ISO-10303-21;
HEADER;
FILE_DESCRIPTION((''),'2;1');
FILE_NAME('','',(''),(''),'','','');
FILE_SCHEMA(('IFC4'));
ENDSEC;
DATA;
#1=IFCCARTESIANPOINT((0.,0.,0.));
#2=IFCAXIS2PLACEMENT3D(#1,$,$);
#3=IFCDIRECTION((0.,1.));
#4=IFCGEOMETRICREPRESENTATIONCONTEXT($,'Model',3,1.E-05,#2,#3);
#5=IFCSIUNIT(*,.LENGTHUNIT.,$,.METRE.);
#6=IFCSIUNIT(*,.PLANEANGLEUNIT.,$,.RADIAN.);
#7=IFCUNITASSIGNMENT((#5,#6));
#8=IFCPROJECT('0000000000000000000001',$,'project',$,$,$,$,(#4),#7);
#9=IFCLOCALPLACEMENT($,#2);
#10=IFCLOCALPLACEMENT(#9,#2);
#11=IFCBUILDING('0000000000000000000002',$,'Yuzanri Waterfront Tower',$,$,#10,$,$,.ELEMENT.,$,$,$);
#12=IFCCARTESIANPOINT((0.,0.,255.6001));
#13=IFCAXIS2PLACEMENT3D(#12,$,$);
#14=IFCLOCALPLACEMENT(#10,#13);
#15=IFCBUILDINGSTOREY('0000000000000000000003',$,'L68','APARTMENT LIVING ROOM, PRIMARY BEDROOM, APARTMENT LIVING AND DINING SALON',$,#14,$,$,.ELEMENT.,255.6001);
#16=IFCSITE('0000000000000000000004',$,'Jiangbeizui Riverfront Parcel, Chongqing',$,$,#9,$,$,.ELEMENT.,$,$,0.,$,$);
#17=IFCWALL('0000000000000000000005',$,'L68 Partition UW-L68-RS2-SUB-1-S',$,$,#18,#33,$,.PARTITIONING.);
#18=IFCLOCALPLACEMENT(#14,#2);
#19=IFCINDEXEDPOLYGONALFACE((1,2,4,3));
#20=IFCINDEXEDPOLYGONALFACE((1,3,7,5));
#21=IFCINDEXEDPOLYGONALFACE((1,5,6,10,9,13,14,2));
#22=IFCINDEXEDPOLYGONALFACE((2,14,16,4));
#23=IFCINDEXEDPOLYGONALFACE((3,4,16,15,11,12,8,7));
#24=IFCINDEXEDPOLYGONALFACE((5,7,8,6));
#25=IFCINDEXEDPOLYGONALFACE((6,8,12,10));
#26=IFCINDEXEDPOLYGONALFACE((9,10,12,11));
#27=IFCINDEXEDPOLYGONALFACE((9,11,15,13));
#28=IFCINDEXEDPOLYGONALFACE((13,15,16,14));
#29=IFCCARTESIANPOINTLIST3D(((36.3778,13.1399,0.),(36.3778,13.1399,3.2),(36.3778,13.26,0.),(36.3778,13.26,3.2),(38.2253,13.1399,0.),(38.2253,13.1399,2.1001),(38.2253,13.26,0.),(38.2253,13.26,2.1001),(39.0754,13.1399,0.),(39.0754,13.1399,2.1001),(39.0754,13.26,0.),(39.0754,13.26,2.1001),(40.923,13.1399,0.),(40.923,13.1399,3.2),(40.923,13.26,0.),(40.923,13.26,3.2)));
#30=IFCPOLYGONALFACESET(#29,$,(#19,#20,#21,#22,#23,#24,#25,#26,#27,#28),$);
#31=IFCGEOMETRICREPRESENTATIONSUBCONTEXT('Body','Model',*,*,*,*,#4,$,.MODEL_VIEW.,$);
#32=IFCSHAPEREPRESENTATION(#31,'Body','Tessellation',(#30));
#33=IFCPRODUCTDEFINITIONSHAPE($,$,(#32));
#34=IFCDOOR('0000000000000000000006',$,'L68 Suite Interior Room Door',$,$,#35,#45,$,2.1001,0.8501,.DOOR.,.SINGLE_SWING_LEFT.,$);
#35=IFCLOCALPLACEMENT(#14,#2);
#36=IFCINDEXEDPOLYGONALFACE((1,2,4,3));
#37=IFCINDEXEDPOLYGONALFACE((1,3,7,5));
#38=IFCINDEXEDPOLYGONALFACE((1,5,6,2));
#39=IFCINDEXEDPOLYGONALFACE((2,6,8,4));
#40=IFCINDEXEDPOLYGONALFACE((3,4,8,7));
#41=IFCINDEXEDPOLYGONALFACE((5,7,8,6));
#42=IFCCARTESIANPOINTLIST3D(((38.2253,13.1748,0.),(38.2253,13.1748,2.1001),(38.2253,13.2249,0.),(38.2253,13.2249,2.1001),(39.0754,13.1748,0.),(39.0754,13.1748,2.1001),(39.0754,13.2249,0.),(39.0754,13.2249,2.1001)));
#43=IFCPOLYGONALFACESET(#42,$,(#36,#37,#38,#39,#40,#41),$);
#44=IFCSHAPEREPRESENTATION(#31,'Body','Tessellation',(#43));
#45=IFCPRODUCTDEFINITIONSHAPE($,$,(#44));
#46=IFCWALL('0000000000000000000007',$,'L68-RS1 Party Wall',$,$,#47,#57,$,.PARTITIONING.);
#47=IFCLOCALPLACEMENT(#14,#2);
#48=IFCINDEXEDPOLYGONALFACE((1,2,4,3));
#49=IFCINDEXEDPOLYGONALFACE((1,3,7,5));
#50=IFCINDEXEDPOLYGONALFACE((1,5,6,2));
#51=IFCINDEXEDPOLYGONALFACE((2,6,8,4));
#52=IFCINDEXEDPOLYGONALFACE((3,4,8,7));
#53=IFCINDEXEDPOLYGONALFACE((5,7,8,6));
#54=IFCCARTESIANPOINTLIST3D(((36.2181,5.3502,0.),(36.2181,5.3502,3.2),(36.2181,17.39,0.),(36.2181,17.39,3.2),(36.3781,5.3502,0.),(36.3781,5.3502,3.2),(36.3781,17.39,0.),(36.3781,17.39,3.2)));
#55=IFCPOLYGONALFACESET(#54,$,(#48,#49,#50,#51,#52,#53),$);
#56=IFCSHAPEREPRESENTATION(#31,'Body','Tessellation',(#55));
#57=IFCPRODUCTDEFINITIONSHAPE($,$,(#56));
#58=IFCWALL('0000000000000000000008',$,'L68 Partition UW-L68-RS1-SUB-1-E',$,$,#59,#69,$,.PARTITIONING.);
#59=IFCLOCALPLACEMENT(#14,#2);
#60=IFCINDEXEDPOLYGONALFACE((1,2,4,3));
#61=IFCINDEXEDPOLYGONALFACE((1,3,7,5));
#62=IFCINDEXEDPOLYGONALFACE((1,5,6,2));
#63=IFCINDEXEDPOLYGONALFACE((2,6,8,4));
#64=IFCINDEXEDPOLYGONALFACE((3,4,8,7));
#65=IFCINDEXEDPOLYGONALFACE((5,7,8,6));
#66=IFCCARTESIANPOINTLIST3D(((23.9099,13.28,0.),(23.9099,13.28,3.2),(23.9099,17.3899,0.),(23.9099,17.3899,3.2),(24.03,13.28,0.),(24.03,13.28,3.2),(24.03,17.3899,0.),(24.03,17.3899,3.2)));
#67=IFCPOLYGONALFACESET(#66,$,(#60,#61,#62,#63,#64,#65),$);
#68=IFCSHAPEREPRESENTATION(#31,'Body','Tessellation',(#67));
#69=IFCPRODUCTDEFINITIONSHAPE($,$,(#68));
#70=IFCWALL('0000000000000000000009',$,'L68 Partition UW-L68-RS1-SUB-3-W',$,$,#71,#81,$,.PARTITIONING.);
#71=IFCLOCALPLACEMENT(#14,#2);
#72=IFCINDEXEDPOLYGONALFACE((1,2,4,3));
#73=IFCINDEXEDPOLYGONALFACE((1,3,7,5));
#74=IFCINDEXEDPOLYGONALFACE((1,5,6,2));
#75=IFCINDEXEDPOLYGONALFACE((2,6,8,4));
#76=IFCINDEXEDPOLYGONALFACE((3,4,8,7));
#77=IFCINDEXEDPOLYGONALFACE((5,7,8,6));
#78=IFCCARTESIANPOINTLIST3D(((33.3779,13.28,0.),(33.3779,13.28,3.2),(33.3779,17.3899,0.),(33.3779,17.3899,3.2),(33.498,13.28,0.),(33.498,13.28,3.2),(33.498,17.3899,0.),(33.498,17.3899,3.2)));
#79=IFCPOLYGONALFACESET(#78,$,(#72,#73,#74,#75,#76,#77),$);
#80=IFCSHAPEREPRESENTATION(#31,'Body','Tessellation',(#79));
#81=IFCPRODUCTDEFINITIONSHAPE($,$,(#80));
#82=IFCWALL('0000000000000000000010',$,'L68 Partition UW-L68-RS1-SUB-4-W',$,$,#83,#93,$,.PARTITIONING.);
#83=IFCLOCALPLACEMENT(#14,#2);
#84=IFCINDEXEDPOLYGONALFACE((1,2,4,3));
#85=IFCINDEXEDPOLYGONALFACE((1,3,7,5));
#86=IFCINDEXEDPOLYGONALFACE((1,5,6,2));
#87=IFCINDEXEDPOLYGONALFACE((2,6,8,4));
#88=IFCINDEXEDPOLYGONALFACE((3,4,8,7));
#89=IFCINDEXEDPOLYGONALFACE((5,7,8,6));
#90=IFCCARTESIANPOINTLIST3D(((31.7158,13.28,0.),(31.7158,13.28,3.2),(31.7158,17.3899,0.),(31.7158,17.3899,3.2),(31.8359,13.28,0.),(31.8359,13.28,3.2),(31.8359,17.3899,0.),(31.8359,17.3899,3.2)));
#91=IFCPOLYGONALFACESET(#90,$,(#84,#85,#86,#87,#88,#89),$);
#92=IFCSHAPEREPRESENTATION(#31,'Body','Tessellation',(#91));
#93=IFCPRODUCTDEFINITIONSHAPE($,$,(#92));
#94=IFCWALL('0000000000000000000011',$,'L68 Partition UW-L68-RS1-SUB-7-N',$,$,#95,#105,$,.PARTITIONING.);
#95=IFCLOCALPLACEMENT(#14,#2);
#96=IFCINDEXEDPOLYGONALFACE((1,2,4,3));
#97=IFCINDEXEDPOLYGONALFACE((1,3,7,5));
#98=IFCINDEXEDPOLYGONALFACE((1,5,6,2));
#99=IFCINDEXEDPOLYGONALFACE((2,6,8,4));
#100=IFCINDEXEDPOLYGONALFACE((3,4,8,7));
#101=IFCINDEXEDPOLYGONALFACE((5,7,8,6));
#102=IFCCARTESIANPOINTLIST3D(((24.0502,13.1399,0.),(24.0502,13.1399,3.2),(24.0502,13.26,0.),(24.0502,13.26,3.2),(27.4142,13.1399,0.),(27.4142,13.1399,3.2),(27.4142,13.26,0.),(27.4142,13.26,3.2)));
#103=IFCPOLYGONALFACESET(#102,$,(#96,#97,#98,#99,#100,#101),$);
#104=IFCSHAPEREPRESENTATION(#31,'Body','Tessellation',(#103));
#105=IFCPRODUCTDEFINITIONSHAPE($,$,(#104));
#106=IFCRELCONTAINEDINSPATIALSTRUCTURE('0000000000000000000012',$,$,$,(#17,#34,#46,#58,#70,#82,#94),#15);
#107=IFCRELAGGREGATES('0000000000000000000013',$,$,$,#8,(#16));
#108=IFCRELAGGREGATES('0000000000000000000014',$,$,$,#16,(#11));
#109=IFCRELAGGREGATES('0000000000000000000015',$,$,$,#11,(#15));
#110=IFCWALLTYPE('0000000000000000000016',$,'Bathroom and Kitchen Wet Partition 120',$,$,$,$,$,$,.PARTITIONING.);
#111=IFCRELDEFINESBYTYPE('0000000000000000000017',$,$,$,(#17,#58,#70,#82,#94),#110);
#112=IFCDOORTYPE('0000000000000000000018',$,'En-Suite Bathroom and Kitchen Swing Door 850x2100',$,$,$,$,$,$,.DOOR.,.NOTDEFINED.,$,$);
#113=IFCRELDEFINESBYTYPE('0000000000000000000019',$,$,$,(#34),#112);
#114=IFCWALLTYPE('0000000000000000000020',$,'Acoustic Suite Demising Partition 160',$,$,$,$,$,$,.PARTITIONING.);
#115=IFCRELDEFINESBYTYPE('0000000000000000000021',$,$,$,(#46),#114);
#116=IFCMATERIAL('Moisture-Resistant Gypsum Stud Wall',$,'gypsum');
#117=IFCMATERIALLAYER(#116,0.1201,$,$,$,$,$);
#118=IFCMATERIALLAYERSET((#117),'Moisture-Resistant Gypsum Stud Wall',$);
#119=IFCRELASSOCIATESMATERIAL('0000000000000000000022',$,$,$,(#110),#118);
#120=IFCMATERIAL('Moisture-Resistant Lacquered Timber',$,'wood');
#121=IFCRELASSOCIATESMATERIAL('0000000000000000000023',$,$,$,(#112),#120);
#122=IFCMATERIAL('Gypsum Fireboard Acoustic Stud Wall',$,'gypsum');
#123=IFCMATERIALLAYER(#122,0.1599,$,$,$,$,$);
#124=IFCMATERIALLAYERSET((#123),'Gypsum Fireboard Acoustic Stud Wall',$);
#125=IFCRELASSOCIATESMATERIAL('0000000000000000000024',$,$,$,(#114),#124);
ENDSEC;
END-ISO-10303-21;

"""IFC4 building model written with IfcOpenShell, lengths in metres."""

from ifc_helpers import new_model, si_unit, direction, frame, frame_2d, origin, place, context, subcontext, project, spatial, rectangle, extrude, source, transform, mapped, material, layer, layer_set, type_object, element, fill, save


model = new_model("IFC4")

# Units and contexts
model_context = context("Model", 3, precision=1e-05, world=origin(), true_north=direction((0.0, 1.0)))
body_context = subcontext(model_context, "Body", "Model", "MODEL_VIEW")
ifc_project = project(units=[si_unit("LENGTHUNIT", "METRE"), si_unit("PLANEANGLEUNIT", "RADIAN")], contexts=[model_context])

# Site, building, storey
site_placement = place(None, origin())
site = spatial("IfcSite", under=ifc_project, at=site_placement, Name="Jiangbeizui Riverfront Parcel, Chongqing", CompositionType="ELEMENT", RefElevation=0.0)
building_placement = place(site_placement, origin())
building = spatial("IfcBuilding", under=site, at=building_placement, Name="Yuzanri Waterfront Tower", CompositionType="ELEMENT")
storey_placement = place(building_placement, frame((0.0, 0.0, 255.6001)))
storey = spatial("IfcBuildingStorey", under=building, at=storey_placement, Name="L68", Description="APARTMENT LIVING ROOM, PRIMARY BEDROOM, APARTMENT LIVING AND DINING SALON", CompositionType="ELEMENT", Elevation=255.6001)

# Shared definitions
ifc_material_1 = material(Name="Moisture-Resistant Gypsum Stud Wall", Category="gypsum")
ifc_layer_1 = layer(ifc_material_1, 0.1201)
ifc_layer_set_1 = layer_set([ifc_layer_1], Name="Moisture-Resistant Gypsum Stud Wall")
wall_type_1 = type_object("IfcWallType", Name="Bathroom and Kitchen Wet Partition 120", PredefinedType="PARTITIONING", material=ifc_layer_set_1)
ifc_material_2 = material(Name="Moisture-Resistant Lacquered Timber", Category="wood")
door_type_1 = type_object("IfcDoorType", Name="En-Suite Bathroom and Kitchen Swing Door 850x2100", OperationType="NOTDEFINED", PredefinedType="DOOR", material=ifc_material_2)
shared_shape_1 = source(origin(), body_context, "Body", "SweptSolid", [
    extrude(rectangle(XDim=0.8501, YDim=2.1001, at=frame_2d((0.425, 1.05))), frame((0.0, 0.0249, 0.0), z_axis=(0.0, -1.0, 0.0), x_axis=(1.0, 0.0, 0.0)), (0.0, 0.0, 1.0), 0.05),
])

# Wall, opening, door
wall_1_placement = place(storey_placement, frame((36.3779, 13.2, 0.0), z_axis=(0.0, 0.0, 1.0), x_axis=(1.0, 0.0, 0.0)))
wall_1 = element("IfcWall", 1, at=wall_1_placement, inside=storey, type_object=wall_type_1, Name="L68 Partition UW-L68-RS2-SUB-1-S", PredefinedType="PARTITIONING", context=body_context, shape_type="SweptSolid", body=[
    extrude(rectangle(XDim=4.5452, YDim=0.1201, at=frame_2d((2.2725, 0.0))), origin(), (0.0, 0.0, 1.0), 3.2),
])
opening_1_placement = place(wall_1_placement, frame((1.8474, 0.0, 0.0)))
opening_1 = element("IfcOpeningElement", 2, at=opening_1_placement, cuts=wall_1, PredefinedType="OPENING", context=body_context, shape_type="SweptSolid", body=[
    extrude(rectangle(XDim=0.8501, YDim=2.1001, at=frame_2d((0.425, 1.05))), frame((0.0, 0.075, 0.0), z_axis=(0.0, -1.0, 0.0), x_axis=(1.0, 0.0, 0.0)), (0.0, 0.0, 1.0), 0.1499),
])
door_1_placement = place(opening_1_placement, origin())
door_1 = element("IfcDoor", 3, at=door_1_placement, inside=storey, type_object=door_type_1, Name="L68 Suite Interior Room Door", OperationType="SINGLE_SWING_LEFT", OverallHeight=2.1001, OverallWidth=0.8501, PredefinedType="DOOR", context=body_context, shape_type="MappedRepresentation", body=[
    mapped(shared_shape_1, transform((0.0, 0.0, 0.0), scale=1.0)),
])
fill(opening_1, door_1)

# Walls
ifc_material_3 = material(Name="Gypsum Fireboard Acoustic Stud Wall", Category="gypsum")
ifc_layer_2 = layer(ifc_material_3, 0.1599)
ifc_layer_set_2 = layer_set([ifc_layer_2], Name="Gypsum Fireboard Acoustic Stud Wall")
wall_type_2 = type_object("IfcWallType", Name="Acoustic Suite Demising Partition 160", PredefinedType="PARTITIONING", material=ifc_layer_set_2)
shared_shape_2 = source(origin(), body_context, "Body", "SweptSolid", [
    extrude(rectangle(XDim=12.0398, YDim=0.1599, at=frame_2d((6.02, 0.0))), origin(), (0.0, 0.0, 1.0), 3.2),
])
wall_2_placement = place(storey_placement, frame((36.2981, 5.3501, 0.0), z_axis=(0.0, 0.0, 1.0), x_axis=(0.0, 1.0, 0.0)))
element("IfcWall", 4, at=wall_2_placement, inside=storey, type_object=wall_type_2, Name="L68-RS1 Party Wall", PredefinedType="PARTITIONING", context=body_context, shape_type="MappedRepresentation", body=[
    mapped(shared_shape_2, transform((0.0, 0.0, 0.0), scale=1.0)),
])
shared_shape_3 = source(origin(), body_context, "Body", "SweptSolid", [
    extrude(rectangle(XDim=4.1099, YDim=0.1201, at=frame_2d((2.0549, 0.0))), origin(), (0.0, 0.0, 1.0), 3.2),
])
for number, where, z_axis, x_axis, name in (
    (5, (23.97, 13.28, 0.0), (0.0, 0.0, 1.0), (0.0, 1.0, 0.0), "L68 Partition UW-L68-RS1-SUB-1-E"),
    (6, (33.438, 13.28, 0.0), (0.0, 0.0, 1.0), (0.0, 1.0, 0.0), "L68 Partition UW-L68-RS1-SUB-3-W"),
    (7, (31.7759, 13.28, 0.0), (0.0, 0.0, 1.0), (0.0, 1.0, 0.0), "L68 Partition UW-L68-RS1-SUB-4-W"),
):
    element("IfcWall", number, at=place(storey_placement, frame(where, z_axis=z_axis, x_axis=x_axis)), inside=storey, type_object=wall_type_1, Name=name, PredefinedType="PARTITIONING", context=body_context, shape_type="MappedRepresentation", body=[
        mapped(shared_shape_3, transform((0.0, 0.0, 0.0), scale=1.0)),
    ])
shared_shape_4 = source(origin(), body_context, "Body", "SweptSolid", [
    extrude(rectangle(XDim=3.364, YDim=0.1201, at=frame_2d((1.6821, 0.0))), origin(), (0.0, 0.0, 1.0), 3.2),
])
wall_3_placement = place(storey_placement, frame((24.05, 13.2, 0.0), z_axis=(0.0, 0.0, 1.0), x_axis=(1.0, 0.0, 0.0)))
element("IfcWall", 8, at=wall_3_placement, inside=storey, type_object=wall_type_1, Name="L68 Partition UW-L68-RS1-SUB-7-N", PredefinedType="PARTITIONING", context=body_context, shape_type="MappedRepresentation", body=[
    mapped(shared_shape_4, transform((0.0, 0.0, 0.0), scale=1.0)),
])

save(model, "model.ifc")
